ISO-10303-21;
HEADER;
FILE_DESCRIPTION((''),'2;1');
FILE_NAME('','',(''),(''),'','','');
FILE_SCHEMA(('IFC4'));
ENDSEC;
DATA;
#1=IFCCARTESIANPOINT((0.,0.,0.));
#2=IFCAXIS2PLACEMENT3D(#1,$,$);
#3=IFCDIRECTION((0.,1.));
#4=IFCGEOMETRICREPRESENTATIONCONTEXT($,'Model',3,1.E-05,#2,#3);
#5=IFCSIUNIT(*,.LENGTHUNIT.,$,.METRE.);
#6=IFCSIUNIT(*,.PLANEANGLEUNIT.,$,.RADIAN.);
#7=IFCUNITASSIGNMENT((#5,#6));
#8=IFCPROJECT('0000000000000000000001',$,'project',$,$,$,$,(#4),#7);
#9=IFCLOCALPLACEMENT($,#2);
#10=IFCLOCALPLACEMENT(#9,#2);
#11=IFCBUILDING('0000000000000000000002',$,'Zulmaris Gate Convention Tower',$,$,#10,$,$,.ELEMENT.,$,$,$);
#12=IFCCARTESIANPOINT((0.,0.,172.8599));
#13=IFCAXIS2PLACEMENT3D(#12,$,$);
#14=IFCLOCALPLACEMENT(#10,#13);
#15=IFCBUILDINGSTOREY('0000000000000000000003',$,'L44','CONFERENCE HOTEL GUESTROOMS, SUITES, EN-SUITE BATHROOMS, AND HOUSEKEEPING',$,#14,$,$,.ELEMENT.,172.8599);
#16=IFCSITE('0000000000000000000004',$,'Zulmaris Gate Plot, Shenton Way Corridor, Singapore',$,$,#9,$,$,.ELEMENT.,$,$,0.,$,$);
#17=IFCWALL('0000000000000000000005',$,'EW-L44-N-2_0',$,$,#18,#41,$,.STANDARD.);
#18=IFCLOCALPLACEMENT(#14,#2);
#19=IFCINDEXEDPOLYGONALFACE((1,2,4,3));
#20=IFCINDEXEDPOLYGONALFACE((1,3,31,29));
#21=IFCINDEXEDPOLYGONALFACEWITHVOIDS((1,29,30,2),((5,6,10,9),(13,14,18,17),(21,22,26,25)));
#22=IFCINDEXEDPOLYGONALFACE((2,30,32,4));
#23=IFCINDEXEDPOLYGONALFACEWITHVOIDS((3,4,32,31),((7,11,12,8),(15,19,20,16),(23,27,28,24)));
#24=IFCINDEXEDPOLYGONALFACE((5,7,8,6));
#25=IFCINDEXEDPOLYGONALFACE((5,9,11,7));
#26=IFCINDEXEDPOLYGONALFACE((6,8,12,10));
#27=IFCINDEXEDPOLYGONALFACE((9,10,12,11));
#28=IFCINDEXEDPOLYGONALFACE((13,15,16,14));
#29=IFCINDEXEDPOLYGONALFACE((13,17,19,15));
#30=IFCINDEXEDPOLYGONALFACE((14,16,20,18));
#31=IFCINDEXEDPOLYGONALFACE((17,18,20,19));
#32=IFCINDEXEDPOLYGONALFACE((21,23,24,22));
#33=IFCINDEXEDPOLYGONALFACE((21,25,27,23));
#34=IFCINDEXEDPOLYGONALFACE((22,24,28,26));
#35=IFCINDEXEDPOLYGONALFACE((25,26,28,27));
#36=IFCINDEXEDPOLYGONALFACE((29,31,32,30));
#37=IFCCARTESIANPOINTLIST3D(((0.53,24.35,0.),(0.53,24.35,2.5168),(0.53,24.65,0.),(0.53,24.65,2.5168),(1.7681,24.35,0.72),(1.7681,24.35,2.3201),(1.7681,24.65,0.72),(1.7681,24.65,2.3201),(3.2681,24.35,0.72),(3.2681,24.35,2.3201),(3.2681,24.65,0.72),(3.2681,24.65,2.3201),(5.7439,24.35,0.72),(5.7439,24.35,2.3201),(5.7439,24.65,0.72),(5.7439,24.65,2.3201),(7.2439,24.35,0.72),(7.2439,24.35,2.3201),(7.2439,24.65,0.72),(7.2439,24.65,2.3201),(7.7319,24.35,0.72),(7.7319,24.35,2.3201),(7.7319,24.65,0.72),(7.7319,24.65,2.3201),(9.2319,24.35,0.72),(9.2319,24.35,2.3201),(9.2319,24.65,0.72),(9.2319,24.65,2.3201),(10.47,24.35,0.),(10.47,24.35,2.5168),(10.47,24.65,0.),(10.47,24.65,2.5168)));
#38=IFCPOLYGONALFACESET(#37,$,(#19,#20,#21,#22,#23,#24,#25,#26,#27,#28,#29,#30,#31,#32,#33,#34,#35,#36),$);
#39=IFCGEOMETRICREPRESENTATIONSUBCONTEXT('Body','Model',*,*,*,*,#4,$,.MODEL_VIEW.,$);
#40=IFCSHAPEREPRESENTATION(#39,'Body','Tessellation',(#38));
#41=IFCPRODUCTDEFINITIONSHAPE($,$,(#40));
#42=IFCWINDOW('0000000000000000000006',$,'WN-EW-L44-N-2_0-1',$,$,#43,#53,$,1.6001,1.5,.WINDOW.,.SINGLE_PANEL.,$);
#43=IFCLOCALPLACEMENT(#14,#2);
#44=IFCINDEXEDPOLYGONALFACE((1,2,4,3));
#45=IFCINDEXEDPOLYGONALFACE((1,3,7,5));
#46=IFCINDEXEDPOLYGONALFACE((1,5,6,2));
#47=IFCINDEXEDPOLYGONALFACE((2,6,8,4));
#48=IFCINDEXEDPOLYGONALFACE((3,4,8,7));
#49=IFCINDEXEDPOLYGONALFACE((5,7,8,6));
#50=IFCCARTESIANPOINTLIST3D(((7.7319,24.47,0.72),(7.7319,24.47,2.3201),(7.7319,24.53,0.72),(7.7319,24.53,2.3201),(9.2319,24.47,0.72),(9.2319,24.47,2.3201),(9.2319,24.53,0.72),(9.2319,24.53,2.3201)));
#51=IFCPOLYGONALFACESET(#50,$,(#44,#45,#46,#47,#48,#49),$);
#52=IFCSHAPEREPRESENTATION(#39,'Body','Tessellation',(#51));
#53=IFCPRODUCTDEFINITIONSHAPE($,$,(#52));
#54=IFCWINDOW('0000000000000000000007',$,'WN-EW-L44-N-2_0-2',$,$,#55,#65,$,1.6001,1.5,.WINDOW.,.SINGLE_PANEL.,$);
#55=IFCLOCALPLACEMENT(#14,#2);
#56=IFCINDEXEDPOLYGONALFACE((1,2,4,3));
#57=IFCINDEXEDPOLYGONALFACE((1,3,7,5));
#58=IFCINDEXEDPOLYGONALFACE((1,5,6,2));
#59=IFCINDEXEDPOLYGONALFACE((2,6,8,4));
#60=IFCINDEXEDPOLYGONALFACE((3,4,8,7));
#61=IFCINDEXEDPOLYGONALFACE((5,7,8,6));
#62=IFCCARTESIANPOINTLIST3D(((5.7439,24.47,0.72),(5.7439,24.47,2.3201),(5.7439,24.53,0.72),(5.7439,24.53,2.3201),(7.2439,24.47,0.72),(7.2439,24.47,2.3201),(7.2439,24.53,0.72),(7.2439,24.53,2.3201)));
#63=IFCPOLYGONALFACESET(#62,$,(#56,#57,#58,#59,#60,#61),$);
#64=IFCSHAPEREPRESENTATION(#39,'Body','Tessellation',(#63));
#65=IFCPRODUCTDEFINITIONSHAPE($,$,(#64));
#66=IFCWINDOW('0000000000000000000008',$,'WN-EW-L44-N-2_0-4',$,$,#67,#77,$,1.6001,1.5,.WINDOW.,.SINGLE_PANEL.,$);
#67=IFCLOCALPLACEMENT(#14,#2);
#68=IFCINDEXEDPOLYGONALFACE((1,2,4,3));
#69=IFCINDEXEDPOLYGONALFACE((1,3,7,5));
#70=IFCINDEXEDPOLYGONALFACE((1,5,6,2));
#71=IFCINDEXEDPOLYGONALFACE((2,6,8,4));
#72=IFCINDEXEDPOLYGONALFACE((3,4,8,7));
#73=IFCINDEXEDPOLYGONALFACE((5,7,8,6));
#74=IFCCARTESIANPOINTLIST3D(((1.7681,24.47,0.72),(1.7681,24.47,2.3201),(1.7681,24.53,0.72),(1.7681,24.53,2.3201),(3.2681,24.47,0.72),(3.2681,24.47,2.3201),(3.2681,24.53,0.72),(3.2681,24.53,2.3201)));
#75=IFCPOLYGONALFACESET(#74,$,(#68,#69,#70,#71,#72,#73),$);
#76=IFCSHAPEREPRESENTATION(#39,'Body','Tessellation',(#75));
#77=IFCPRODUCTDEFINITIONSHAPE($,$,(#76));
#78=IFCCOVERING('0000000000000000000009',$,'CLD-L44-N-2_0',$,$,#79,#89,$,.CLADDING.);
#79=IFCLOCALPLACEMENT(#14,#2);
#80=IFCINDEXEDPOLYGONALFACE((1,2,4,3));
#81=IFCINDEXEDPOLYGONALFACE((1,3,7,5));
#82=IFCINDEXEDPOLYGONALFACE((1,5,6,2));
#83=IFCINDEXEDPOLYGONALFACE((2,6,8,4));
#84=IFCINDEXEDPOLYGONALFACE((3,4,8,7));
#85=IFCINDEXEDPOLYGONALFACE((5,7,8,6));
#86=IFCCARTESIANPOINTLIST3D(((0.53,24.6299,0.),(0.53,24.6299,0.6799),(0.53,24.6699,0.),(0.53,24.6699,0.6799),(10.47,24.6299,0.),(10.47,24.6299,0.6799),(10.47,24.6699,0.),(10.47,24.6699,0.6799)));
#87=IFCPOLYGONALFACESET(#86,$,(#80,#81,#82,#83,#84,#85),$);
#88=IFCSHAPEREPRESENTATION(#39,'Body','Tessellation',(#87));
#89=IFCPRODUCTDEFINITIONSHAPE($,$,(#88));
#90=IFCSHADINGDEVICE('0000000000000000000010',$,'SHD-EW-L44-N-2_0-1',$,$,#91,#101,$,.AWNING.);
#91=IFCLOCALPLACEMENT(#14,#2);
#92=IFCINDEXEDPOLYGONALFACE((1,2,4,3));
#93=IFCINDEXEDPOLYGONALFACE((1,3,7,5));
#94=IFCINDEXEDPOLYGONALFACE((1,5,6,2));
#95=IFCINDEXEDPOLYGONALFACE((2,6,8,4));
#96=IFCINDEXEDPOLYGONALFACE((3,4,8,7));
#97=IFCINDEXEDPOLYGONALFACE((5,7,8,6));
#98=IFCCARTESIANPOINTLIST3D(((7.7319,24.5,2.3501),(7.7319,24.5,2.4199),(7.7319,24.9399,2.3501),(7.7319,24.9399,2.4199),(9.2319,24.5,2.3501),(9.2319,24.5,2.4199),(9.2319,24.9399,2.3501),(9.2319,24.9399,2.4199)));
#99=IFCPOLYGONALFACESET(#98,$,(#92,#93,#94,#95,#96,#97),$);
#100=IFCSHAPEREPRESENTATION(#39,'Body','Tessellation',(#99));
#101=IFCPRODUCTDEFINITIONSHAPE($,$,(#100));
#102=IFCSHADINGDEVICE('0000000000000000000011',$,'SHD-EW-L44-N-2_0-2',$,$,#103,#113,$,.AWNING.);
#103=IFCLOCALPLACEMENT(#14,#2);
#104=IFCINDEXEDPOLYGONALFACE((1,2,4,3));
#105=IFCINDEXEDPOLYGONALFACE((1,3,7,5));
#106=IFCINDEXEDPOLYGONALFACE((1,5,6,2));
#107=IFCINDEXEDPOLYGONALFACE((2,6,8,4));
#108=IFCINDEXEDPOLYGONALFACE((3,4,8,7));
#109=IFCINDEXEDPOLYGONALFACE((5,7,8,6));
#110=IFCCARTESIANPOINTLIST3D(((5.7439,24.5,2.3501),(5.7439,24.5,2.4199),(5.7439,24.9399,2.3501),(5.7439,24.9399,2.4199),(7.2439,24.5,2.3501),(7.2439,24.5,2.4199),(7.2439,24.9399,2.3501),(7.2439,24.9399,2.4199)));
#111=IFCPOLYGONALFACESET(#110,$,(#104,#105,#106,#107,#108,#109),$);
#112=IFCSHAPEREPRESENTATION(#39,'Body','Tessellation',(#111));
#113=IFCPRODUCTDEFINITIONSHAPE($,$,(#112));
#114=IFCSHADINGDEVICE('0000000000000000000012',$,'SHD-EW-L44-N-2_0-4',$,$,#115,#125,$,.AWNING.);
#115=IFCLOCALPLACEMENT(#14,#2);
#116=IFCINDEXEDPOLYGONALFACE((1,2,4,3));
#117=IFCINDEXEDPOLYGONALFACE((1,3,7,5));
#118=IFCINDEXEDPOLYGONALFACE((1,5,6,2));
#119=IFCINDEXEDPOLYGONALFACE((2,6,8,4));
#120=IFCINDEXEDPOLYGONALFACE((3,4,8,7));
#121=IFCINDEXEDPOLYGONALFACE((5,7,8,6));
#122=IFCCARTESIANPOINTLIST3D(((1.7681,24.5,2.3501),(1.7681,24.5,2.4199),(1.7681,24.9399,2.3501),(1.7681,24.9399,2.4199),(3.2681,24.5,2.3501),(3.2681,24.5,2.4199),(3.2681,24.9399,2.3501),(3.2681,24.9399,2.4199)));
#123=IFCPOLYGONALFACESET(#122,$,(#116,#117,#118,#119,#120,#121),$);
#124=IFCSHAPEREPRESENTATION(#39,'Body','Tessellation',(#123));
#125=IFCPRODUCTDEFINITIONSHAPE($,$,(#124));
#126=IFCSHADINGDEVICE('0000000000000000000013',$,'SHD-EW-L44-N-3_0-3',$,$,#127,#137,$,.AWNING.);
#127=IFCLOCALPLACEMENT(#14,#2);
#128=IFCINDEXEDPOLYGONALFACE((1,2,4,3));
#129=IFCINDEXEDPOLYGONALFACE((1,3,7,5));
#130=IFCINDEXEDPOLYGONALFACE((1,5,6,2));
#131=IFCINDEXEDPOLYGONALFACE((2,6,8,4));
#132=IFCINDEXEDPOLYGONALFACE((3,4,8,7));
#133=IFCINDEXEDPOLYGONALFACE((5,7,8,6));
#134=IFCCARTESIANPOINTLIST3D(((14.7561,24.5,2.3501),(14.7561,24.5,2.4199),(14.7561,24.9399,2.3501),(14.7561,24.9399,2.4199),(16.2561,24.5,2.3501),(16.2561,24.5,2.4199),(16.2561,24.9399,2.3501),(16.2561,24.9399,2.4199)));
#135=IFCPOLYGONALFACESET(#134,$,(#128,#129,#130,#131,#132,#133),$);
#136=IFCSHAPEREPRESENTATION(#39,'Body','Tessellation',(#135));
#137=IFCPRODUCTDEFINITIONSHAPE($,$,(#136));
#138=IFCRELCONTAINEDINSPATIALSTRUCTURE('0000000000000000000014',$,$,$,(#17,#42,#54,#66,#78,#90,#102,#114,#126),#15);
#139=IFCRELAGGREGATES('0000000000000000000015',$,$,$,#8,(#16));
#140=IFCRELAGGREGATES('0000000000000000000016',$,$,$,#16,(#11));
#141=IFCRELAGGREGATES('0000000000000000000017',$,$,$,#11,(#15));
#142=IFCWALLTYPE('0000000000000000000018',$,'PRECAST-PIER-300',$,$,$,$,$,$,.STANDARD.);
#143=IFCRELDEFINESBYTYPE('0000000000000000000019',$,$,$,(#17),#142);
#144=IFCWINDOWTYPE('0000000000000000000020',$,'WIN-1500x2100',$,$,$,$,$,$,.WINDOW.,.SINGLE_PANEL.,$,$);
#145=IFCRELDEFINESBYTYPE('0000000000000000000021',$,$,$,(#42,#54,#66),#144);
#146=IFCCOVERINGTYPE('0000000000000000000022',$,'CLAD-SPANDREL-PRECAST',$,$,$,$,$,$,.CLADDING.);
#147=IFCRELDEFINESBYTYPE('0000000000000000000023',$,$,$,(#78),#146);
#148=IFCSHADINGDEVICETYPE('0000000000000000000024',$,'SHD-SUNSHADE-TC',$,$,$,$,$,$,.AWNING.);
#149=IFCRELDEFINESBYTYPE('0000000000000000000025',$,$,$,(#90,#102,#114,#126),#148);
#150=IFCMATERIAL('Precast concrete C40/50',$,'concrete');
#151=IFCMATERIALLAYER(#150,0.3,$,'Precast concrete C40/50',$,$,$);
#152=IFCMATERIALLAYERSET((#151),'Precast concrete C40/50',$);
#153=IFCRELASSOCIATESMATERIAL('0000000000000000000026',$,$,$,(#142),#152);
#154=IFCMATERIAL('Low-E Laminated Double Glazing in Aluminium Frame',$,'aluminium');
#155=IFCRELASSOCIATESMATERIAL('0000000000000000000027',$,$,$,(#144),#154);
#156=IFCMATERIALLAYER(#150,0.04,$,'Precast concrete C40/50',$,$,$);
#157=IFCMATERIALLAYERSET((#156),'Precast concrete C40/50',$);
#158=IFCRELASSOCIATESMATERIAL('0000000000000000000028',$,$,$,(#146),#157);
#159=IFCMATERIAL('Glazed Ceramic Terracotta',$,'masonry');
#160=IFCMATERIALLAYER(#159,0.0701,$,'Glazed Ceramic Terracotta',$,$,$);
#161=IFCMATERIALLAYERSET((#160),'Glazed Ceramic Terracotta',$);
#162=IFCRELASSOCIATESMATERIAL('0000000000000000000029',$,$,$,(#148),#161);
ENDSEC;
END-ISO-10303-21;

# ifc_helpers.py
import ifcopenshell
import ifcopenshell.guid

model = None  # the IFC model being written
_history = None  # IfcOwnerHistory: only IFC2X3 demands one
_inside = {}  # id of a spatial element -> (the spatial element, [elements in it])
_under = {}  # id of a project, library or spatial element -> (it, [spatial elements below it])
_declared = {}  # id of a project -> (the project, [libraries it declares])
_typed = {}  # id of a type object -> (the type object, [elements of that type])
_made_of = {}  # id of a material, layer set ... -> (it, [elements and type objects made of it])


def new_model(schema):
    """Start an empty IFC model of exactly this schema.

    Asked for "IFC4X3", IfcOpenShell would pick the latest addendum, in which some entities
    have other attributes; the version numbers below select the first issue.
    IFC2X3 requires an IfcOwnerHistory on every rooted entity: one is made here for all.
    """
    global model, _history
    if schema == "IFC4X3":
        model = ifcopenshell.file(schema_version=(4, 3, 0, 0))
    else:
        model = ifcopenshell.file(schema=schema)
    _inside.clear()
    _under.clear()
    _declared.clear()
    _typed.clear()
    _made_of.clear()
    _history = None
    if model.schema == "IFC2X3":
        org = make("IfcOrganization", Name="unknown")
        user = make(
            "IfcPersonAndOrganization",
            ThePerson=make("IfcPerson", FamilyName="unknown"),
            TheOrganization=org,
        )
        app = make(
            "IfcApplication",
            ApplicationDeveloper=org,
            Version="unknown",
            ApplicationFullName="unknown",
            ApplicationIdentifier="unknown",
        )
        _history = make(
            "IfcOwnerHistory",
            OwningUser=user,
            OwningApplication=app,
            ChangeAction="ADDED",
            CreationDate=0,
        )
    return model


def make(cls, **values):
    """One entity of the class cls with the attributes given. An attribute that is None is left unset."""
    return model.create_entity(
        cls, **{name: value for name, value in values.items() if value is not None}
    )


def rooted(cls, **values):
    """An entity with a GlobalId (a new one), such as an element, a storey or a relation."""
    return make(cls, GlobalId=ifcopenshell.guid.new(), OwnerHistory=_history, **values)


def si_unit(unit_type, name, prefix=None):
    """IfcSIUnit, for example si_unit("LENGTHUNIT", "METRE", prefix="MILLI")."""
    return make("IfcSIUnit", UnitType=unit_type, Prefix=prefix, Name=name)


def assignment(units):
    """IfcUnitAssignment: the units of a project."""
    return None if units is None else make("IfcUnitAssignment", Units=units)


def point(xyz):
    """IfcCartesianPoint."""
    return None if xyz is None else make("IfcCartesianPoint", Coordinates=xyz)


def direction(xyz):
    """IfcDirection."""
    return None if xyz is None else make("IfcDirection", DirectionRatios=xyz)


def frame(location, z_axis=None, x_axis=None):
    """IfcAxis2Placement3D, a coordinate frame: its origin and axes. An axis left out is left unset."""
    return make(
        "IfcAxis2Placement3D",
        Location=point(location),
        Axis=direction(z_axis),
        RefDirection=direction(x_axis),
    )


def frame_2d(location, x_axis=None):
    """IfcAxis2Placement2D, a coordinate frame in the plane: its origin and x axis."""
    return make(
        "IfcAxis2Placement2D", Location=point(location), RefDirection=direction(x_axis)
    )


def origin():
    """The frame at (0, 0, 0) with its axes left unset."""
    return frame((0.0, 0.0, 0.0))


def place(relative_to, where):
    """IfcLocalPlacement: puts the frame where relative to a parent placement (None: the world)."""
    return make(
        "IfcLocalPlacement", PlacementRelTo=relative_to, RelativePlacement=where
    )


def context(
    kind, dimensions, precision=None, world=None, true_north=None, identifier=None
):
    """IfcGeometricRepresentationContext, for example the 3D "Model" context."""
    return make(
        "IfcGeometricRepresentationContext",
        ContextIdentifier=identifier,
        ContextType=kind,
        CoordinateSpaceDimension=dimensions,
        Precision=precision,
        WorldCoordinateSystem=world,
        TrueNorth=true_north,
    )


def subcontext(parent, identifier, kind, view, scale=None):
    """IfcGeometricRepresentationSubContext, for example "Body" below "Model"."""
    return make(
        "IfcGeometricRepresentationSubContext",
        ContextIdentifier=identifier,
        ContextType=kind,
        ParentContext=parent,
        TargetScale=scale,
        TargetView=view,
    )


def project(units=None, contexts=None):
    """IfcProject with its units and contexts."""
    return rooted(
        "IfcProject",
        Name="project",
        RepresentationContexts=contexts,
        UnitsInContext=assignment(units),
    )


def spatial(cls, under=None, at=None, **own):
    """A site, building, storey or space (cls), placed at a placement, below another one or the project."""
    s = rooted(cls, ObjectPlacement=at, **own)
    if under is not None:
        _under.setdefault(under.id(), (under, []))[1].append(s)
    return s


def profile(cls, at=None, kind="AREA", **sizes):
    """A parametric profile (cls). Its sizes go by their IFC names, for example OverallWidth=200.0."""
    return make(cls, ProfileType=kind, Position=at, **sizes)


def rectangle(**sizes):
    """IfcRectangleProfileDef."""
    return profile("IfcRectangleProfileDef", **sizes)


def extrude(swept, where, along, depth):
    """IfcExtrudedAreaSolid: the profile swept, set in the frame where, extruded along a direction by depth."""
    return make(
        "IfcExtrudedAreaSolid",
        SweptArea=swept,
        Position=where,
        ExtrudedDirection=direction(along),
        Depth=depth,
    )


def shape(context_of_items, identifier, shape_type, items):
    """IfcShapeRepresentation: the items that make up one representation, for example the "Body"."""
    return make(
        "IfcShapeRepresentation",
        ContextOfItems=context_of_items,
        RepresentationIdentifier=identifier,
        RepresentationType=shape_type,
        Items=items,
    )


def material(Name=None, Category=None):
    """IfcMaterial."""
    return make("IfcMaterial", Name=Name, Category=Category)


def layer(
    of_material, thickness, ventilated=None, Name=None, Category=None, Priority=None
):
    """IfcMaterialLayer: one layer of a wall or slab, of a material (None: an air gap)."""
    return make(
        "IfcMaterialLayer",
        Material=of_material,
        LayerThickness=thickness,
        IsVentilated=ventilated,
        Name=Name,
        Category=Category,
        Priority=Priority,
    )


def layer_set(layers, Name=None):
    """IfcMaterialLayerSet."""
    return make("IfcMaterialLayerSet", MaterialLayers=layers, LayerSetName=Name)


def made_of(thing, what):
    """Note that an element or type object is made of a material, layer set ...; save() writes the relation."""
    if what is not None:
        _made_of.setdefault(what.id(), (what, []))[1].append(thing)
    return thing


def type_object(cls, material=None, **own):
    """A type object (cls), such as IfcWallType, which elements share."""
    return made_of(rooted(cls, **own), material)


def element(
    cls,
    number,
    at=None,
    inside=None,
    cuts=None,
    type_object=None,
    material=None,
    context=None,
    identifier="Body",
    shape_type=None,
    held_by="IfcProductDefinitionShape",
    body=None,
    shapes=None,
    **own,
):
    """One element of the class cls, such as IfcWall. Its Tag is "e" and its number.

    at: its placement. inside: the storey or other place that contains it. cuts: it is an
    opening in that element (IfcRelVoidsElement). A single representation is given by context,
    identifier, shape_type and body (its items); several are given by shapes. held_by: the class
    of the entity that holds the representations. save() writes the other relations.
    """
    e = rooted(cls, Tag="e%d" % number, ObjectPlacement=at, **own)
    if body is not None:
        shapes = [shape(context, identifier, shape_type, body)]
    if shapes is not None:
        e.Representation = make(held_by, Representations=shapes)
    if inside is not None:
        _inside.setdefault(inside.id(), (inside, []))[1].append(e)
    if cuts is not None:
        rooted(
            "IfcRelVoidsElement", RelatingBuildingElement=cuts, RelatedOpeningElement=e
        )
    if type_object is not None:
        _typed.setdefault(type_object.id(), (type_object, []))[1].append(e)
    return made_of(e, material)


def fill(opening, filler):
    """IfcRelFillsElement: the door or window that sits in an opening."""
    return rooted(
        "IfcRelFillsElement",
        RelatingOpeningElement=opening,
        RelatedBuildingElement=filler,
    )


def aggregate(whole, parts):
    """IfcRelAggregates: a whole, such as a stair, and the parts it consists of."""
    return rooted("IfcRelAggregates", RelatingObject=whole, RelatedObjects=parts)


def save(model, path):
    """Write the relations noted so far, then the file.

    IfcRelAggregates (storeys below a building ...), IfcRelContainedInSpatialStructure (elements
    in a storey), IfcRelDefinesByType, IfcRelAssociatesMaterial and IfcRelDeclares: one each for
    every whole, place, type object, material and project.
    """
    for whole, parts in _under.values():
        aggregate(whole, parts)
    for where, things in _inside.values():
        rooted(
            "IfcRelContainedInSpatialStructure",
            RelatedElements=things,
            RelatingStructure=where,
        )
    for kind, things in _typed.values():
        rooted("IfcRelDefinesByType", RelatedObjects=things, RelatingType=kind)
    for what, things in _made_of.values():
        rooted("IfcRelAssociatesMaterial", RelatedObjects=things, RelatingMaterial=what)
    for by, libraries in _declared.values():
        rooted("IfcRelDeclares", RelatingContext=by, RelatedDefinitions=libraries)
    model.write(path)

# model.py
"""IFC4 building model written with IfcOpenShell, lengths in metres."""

from ifc_helpers import new_model, si_unit, direction, frame, frame_2d, origin, place, context, subcontext, project, spatial, rectangle, extrude, material, layer, layer_set, type_object, element, fill, save


model = new_model("IFC4")

# Units and contexts
model_context = context("Model", 3, precision=1e-05, world=origin(), true_north=direction((0.0, 1.0)))
body_context = subcontext(model_context, "Body", "Model", "MODEL_VIEW")
ifc_project = project(units=[si_unit("LENGTHUNIT", "METRE"), si_unit("PLANEANGLEUNIT", "RADIAN")], contexts=[model_context])

# Site, building, storey
site_placement = place(None, origin())
site = spatial("IfcSite", under=ifc_project, at=site_placement, Name="Zulmaris Gate Plot, Shenton Way Corridor, Singapore", CompositionType="ELEMENT", RefElevation=0.0)
building_placement = place(site_placement, origin())
building = spatial("IfcBuilding", under=site, at=building_placement, Name="Zulmaris Gate Convention Tower", CompositionType="ELEMENT")
storey_placement = place(building_placement, frame((0.0, 0.0, 172.8599)))
storey = spatial("IfcBuildingStorey", under=building, at=storey_placement, Name="L44", Description="CONFERENCE HOTEL GUESTROOMS, SUITES, EN-SUITE BATHROOMS, AND HOUSEKEEPING", CompositionType="ELEMENT", Elevation=172.8599)

# Wall, openings, windows
ifc_material_1 = material(Name="Precast concrete C40/50", Category="concrete")
ifc_layer_1 = layer(ifc_material_1, 0.3, Name="Precast concrete C40/50")
ifc_layer_set_1 = layer_set([ifc_layer_1], Name="Precast concrete C40/50")
wall_type_1 = type_object("IfcWallType", Name="PRECAST-PIER-300", PredefinedType="STANDARD", material=ifc_layer_set_1)
wall_1_placement = place(storey_placement, frame((10.47, 24.5, 0.0), z_axis=(0.0, 0.0, 1.0), x_axis=(-1.0, 0.0, 0.0)))
wall_1 = element("IfcWall", 1, at=wall_1_placement, inside=storey, type_object=wall_type_1, Name="EW-L44-N-2_0", PredefinedType="STANDARD", context=body_context, shape_type="SweptSolid", body=[
    extrude(rectangle(XDim=9.9399, YDim=0.3, at=frame_2d((4.97, 0.0))), origin(), (0.0, 0.0, 1.0), 2.5168),
])
opening_1_placement = place(wall_1_placement, frame((1.238, 0.0, 0.72)))
opening_1 = element("IfcOpeningElement", 2, at=opening_1_placement, cuts=wall_1, PredefinedType="OPENING", context=body_context, shape_type="SweptSolid", body=[
    extrude(rectangle(XDim=1.5, YDim=1.6001, at=frame_2d((0.75, 0.8))), frame((0.0, 0.1602, 0.0), z_axis=(0.0, -1.0, 0.0), x_axis=(1.0, 0.0, 0.0)), (0.0, 0.0, 1.0), 0.3201),
])
opening_2_placement = place(wall_1_placement, frame((3.2261, 0.0, 0.72)))
opening_2 = element("IfcOpeningElement", 3, at=opening_2_placement, cuts=wall_1, PredefinedType="OPENING", context=body_context, shape_type="SweptSolid", body=[
    extrude(rectangle(XDim=1.5, YDim=1.6001, at=frame_2d((0.75, 0.8))), frame((0.0, 0.1602, 0.0), z_axis=(0.0, -1.0, 0.0), x_axis=(1.0, 0.0, 0.0)), (0.0, 0.0, 1.0), 0.3201),
])
opening_3_placement = place(wall_1_placement, frame((7.2019, 0.0, 0.72)))
opening_3 = element("IfcOpeningElement", 4, at=opening_3_placement, cuts=wall_1, PredefinedType="OPENING", context=body_context, shape_type="SweptSolid", body=[
    extrude(rectangle(XDim=1.5, YDim=1.6001, at=frame_2d((0.75, 0.8))), frame((0.0, 0.1602, 0.0), z_axis=(0.0, -1.0, 0.0), x_axis=(1.0, 0.0, 0.0)), (0.0, 0.0, 1.0), 0.3201),
])
ifc_material_2 = material(Name="Low-E Laminated Double Glazing in Aluminium Frame", Category="aluminium")
window_type = type_object("IfcWindowType", Name="WIN-1500x2100", PartitioningType="SINGLE_PANEL", PredefinedType="WINDOW", material=ifc_material_2)
window_1_placement = place(opening_1_placement, origin())
window_1 = element("IfcWindow", 5, at=window_1_placement, inside=storey, type_object=window_type, Name="WN-EW-L44-N-2_0-1", OverallHeight=1.6001, OverallWidth=1.5, PartitioningType="SINGLE_PANEL", PredefinedType="WINDOW", context=body_context, shape_type="SweptSolid", body=[
    extrude(rectangle(XDim=1.5, YDim=1.6001, at=frame_2d((0.75, 0.8))), frame((0.0, 0.03, 0.0), z_axis=(0.0, -1.0, 0.0), x_axis=(1.0, 0.0, 0.0)), (0.0, 0.0, 1.0), 0.0601),
])
fill(opening_1, window_1)
window_2_placement = place(opening_2_placement, origin())
window_2 = element("IfcWindow", 6, at=window_2_placement, inside=storey, type_object=window_type, Name="WN-EW-L44-N-2_0-2", OverallHeight=1.6001, OverallWidth=1.5, PartitioningType="SINGLE_PANEL", PredefinedType="WINDOW", context=body_context, shape_type="SweptSolid", body=[
    extrude(rectangle(XDim=1.5, YDim=1.6001, at=frame_2d((0.75, 0.8))), frame((0.0, 0.03, 0.0), z_axis=(0.0, -1.0, 0.0), x_axis=(1.0, 0.0, 0.0)), (0.0, 0.0, 1.0), 0.0601),
])
fill(opening_2, window_2)
window_3_placement = place(opening_3_placement, origin())
window_3 = element("IfcWindow", 7, at=window_3_placement, inside=storey, type_object=window_type, Name="WN-EW-L44-N-2_0-4", OverallHeight=1.6001, OverallWidth=1.5, PartitioningType="SINGLE_PANEL", PredefinedType="WINDOW", context=body_context, shape_type="SweptSolid", body=[
    extrude(rectangle(XDim=1.5, YDim=1.6001, at=frame_2d((0.75, 0.8))), frame((0.0, 0.03, 0.0), z_axis=(0.0, -1.0, 0.0), x_axis=(1.0, 0.0, 0.0)), (0.0, 0.0, 1.0), 0.0601),
])
fill(opening_3, window_3)

# Covering
ifc_layer_2 = layer(ifc_material_1, 0.04, Name="Precast concrete C40/50")
ifc_layer_set_2 = layer_set([ifc_layer_2], Name="Precast concrete C40/50")
covering_type = type_object("IfcCoveringType", Name="CLAD-SPANDREL-PRECAST", PredefinedType="CLADDING", material=ifc_layer_set_2)
covering_placement = place(storey_placement, frame((10.47, 24.6499, 0.0), z_axis=(0.0, 0.0, 1.0), x_axis=(-1.0, 0.0, 0.0)))
element("IfcCovering", 8, at=covering_placement, inside=storey, type_object=covering_type, Name="CLD-L44-N-2_0", PredefinedType="CLADDING", context=body_context, shape_type="SweptSolid", body=[
    extrude(rectangle(XDim=9.9399, YDim=0.04, at=frame_2d((4.97, 0.0))), origin(), (0.0, 0.0, 1.0), 0.6799),
])

# Shading devices
ifc_material_3 = material(Name="Glazed Ceramic Terracotta", Category="masonry")
ifc_layer_3 = layer(ifc_material_3, 0.0701, Name="Glazed Ceramic Terracotta")
ifc_layer_set_3 = layer_set([ifc_layer_3], Name="Glazed Ceramic Terracotta")
shading_device_type = type_object("IfcShadingDeviceType", Name="SHD-SUNSHADE-TC", PredefinedType="AWNING", material=ifc_layer_set_3)
for number, where, z_axis, x_axis, name in (
    (9, (9.2319, 24.72, 2.3501), (0.0, 0.0, 1.0), (-1.0, 0.0, 0.0), "SHD-EW-L44-N-2_0-1"),
    (10, (7.2439, 24.72, 2.3501), (0.0, 0.0, 1.0), (-1.0, 0.0, 0.0), "SHD-EW-L44-N-2_0-2"),
    (11, (3.2681, 24.72, 2.3501), (0.0, 0.0, 1.0), (-1.0, 0.0, 0.0), "SHD-EW-L44-N-2_0-4"),
    (12, (16.2561, 24.72, 2.3501), (0.0, 0.0, 1.0), (-1.0, 0.0, 0.0), "SHD-EW-L44-N-3_0-3"),
):
    element("IfcShadingDevice", number, at=place(storey_placement, frame(where, z_axis=z_axis, x_axis=x_axis)), inside=storey, type_object=shading_device_type, Name=name, PredefinedType="AWNING", context=body_context, shape_type="SweptSolid", body=[
        extrude(rectangle(XDim=1.5, YDim=0.4399, at=frame_2d((0.75, 0.0))), origin(), (0.0, 0.0, 1.0), 0.0698),
    ])

save(model, "model.ifc")
